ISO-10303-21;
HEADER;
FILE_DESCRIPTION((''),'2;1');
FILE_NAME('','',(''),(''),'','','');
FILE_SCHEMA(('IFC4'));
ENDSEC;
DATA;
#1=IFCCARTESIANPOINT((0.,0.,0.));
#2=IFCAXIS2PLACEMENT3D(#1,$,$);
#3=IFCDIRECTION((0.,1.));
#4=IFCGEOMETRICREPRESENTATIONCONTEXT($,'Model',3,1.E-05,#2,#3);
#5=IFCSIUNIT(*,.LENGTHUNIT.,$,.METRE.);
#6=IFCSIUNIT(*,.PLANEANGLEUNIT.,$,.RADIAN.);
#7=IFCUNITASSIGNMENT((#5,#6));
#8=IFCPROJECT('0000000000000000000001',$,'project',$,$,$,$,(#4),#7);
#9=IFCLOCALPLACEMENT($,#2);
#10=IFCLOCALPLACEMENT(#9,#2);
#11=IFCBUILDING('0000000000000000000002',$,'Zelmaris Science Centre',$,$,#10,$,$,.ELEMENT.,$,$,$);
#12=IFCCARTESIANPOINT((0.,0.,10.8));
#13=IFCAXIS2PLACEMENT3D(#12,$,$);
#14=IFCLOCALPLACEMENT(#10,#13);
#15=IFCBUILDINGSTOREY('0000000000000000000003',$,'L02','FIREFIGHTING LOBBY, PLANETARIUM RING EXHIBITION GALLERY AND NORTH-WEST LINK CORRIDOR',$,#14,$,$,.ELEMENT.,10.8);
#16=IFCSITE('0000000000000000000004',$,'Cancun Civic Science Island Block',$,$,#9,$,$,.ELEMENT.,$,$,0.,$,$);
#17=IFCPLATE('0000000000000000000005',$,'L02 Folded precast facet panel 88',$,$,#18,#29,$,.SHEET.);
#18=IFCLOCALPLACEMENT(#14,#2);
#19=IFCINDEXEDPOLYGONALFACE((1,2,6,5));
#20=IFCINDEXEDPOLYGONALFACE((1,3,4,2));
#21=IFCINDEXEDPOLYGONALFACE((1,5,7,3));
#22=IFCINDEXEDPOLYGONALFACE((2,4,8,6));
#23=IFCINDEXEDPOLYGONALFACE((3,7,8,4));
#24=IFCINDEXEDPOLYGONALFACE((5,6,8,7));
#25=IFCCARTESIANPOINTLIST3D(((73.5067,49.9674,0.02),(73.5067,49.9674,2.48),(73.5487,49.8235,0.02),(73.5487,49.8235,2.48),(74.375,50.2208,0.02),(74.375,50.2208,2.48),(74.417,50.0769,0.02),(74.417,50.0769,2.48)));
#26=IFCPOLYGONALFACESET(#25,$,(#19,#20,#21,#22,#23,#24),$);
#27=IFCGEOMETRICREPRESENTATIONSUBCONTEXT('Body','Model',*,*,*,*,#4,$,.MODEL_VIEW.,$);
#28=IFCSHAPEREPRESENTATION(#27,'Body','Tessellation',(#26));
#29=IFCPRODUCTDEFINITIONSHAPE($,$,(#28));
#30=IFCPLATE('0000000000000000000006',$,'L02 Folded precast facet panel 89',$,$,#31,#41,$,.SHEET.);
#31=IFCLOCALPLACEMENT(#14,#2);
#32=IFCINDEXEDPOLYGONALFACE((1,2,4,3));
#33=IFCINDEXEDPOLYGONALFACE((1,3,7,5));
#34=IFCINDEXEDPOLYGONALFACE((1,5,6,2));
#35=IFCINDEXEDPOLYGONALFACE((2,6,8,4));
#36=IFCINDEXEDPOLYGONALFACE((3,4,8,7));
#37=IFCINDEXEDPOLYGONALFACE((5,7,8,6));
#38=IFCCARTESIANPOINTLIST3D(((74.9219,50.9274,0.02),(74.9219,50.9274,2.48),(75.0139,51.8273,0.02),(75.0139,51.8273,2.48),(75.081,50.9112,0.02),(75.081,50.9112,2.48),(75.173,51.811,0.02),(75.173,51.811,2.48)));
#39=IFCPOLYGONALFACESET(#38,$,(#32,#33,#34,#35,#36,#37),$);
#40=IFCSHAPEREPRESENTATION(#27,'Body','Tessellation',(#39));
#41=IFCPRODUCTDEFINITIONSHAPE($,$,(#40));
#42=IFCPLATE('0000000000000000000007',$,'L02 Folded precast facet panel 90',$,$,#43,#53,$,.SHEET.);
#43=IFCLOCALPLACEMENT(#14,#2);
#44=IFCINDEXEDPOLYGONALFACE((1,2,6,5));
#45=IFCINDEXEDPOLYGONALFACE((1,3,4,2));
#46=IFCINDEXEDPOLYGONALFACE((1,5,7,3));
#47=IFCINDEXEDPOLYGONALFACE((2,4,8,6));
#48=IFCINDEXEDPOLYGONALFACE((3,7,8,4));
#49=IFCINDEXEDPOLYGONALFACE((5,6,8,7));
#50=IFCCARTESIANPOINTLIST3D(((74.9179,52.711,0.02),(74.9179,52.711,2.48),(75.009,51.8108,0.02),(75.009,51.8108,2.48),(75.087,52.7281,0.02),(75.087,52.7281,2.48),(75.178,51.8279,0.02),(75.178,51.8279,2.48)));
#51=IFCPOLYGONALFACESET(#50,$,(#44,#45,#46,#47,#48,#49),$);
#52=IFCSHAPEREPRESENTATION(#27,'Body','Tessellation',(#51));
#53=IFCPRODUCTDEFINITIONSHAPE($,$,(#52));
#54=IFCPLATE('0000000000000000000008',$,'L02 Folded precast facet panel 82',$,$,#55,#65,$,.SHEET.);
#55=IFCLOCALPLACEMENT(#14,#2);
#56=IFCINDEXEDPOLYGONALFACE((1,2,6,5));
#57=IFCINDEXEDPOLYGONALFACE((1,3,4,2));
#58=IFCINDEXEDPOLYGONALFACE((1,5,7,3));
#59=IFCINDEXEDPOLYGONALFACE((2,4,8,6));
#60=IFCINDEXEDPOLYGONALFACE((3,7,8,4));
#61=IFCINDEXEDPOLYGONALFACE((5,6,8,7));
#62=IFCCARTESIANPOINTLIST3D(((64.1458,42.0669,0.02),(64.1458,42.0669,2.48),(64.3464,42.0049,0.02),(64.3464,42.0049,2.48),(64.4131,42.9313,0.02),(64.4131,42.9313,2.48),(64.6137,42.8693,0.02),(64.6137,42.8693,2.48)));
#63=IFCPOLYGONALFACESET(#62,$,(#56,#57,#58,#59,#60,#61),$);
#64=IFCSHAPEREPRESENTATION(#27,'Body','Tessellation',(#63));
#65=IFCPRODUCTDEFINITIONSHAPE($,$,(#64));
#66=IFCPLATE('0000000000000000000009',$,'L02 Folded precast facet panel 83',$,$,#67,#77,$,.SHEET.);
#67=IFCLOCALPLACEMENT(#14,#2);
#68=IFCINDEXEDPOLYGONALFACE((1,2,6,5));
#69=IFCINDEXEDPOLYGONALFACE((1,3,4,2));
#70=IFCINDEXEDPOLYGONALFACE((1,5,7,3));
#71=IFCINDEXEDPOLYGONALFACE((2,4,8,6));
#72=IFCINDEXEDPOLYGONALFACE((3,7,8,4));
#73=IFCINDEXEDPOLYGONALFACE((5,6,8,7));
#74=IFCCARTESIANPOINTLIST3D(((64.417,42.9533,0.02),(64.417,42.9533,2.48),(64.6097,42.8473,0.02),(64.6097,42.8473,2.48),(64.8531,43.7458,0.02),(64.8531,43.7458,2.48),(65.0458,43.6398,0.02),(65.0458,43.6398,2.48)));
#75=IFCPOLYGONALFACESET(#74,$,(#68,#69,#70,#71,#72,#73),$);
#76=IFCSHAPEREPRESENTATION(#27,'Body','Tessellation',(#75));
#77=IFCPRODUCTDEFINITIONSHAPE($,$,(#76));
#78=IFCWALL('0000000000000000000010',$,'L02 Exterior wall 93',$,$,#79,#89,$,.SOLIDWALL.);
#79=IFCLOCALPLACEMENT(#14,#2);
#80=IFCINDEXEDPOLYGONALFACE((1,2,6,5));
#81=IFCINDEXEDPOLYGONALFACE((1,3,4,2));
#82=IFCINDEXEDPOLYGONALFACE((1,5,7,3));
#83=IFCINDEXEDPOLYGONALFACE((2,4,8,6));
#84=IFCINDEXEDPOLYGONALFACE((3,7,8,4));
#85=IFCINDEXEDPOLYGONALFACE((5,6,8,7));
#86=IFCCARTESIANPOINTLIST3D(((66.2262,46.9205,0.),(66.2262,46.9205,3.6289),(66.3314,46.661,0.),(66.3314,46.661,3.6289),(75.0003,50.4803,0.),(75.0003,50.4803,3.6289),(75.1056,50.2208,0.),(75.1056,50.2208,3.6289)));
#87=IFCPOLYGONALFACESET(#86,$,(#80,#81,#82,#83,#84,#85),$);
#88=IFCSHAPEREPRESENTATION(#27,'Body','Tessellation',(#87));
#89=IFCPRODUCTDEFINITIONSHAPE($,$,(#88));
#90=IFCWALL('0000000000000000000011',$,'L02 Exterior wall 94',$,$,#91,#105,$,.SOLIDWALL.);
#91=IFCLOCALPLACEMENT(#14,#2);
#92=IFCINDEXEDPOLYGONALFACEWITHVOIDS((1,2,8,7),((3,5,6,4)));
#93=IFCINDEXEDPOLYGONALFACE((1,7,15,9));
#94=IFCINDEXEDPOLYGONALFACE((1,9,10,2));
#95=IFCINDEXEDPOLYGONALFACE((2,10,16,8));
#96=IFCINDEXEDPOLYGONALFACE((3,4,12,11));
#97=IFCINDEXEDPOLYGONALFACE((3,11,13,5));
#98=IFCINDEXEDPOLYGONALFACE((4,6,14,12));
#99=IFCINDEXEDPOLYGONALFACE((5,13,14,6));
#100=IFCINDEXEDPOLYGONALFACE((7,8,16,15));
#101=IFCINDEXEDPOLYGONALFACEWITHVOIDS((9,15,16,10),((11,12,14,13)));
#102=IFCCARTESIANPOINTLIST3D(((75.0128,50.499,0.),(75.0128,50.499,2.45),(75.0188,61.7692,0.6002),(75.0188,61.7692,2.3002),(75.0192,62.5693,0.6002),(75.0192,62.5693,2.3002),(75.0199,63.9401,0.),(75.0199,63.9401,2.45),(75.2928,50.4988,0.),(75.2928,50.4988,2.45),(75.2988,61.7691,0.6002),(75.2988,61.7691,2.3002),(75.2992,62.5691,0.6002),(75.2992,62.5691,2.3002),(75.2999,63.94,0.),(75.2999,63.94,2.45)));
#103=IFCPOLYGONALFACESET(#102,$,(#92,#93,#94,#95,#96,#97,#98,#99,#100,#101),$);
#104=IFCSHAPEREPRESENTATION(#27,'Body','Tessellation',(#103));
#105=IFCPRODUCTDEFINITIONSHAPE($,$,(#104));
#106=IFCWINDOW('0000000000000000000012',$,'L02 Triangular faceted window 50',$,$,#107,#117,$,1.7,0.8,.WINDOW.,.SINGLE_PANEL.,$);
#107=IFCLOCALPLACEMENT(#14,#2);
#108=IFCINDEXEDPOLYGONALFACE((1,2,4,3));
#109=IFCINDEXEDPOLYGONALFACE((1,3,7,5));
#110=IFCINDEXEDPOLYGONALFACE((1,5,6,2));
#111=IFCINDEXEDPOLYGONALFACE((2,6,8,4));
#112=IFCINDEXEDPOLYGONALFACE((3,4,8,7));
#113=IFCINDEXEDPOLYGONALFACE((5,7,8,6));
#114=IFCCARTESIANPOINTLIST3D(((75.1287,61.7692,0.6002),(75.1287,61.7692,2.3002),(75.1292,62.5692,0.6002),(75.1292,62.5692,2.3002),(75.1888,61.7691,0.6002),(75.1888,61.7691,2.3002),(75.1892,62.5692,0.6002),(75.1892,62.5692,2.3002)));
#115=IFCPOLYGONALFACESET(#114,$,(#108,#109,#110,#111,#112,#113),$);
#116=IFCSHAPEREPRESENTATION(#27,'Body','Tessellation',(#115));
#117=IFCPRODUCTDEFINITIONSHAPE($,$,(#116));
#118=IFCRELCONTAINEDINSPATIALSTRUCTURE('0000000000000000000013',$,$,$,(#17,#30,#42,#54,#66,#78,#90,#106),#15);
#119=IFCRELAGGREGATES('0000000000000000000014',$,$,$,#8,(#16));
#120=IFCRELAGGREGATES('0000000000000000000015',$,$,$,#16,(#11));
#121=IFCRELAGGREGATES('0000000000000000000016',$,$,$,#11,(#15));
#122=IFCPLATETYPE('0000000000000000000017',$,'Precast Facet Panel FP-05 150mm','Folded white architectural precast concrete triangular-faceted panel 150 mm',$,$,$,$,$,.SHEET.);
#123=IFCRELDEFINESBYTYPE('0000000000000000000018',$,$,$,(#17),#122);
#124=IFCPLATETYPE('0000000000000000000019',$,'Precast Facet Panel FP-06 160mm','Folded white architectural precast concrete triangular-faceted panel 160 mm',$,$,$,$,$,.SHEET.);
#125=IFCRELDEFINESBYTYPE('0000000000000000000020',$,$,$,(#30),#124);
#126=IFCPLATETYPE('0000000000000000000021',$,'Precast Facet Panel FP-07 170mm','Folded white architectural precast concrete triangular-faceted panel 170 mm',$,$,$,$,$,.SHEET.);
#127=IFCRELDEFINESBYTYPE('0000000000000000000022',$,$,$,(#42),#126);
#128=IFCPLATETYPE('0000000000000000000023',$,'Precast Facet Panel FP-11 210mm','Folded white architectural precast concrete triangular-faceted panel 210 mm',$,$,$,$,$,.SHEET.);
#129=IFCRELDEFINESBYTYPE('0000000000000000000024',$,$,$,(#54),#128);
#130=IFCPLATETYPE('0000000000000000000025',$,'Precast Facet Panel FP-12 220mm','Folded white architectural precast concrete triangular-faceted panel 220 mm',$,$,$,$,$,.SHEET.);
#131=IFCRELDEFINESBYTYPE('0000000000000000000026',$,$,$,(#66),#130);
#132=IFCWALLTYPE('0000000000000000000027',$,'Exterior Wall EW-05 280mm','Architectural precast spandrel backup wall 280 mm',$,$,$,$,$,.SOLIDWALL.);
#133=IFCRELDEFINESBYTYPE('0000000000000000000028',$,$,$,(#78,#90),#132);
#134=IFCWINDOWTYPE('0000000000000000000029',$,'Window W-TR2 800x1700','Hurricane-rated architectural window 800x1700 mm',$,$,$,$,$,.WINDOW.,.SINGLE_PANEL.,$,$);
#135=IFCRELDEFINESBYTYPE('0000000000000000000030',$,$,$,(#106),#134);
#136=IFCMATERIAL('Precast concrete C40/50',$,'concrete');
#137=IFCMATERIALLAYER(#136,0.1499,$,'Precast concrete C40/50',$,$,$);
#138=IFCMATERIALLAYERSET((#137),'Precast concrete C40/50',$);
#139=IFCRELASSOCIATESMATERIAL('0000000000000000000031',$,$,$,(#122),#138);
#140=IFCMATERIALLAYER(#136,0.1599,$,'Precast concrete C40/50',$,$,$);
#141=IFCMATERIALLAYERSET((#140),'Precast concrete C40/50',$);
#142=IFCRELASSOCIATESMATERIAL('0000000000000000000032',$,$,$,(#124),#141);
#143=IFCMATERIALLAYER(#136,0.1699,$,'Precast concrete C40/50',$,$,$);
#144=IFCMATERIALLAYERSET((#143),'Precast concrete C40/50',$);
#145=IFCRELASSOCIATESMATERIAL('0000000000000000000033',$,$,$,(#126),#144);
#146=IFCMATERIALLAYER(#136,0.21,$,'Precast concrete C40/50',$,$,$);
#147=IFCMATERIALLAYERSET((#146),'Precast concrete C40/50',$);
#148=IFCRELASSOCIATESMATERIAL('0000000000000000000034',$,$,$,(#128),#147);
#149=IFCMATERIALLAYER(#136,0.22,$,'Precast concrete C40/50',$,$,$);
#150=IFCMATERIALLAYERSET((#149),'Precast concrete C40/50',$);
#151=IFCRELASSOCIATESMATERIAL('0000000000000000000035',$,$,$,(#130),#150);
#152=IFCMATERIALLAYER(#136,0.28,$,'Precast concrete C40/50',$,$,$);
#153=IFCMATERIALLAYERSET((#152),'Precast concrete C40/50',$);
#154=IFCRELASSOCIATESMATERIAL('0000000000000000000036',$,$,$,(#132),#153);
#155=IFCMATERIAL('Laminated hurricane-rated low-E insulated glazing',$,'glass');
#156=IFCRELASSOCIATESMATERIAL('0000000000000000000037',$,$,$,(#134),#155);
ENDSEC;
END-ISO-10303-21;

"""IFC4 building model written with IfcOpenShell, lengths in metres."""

from ifc_helpers import new_model, si_unit, direction, frame, frame_2d, origin, place, context, subcontext, project, spatial, rectangle, extrude, material, layer, layer_set, type_object, element, fill, save


model = new_model("IFC4")

# Units and contexts
model_context = context("Model", 3, precision=1e-05, world=origin(), true_north=direction((0.0, 1.0)))
body_context = subcontext(model_context, "Body", "Model", "MODEL_VIEW")
ifc_project = project(units=[si_unit("LENGTHUNIT", "METRE"), si_unit("PLANEANGLEUNIT", "RADIAN")], contexts=[model_context])

# Site, building, storey
site_placement = place(None, origin())
site = spatial("IfcSite", under=ifc_project, at=site_placement, Name="Cancun Civic Science Island Block", CompositionType="ELEMENT", RefElevation=0.0)
building_placement = place(site_placement, origin())
building = spatial("IfcBuilding", under=site, at=building_placement, Name="Zelmaris Science Centre", CompositionType="ELEMENT")
storey_placement = place(building_placement, frame((0.0, 0.0, 10.8)))
storey = spatial("IfcBuildingStorey", under=building, at=storey_placement, Name="L02", Description="FIREFIGHTING LOBBY, PLANETARIUM RING EXHIBITION GALLERY AND NORTH-WEST LINK CORRIDOR", CompositionType="ELEMENT", Elevation=10.8)

# Shared definitions
ifc_material_1 = material(Name="Laminated hurricane-rated low-E insulated glazing", Category="glass")

# Plates
ifc_material_2 = material(Name="Precast concrete C40/50", Category="concrete")
ifc_layer_1 = layer(ifc_material_2, 0.1499, Name="Precast concrete C40/50")
ifc_layer_set_1 = layer_set([ifc_layer_1], Name="Precast concrete C40/50")
plate_type_1 = type_object("IfcPlateType", Name="Precast Facet Panel FP-05 150mm", Description="Folded white architectural precast concrete triangular-faceted panel 150 mm", PredefinedType="SHEET", material=ifc_layer_set_1)
plate_1_placement = place(storey_placement, frame((73.5278, 49.8955, 0.02), z_axis=(0.0, 0.0, 1.0), x_axis=(0.959961, 0.280135, 0.0)))
element("IfcPlate", 1, at=plate_1_placement, inside=storey, type_object=plate_type_1, Name="L02 Folded precast facet panel 88", PredefinedType="SHEET", context=body_context, shape_type="SweptSolid", body=[
    extrude(rectangle(XDim=0.9045, YDim=0.1499, at=frame_2d((0.4521, 0.0))), origin(), (0.0, 0.0, 1.0), 2.46),
])
ifc_layer_2 = layer(ifc_material_2, 0.1599, Name="Precast concrete C40/50")
ifc_layer_set_2 = layer_set([ifc_layer_2], Name="Precast concrete C40/50")
plate_type_2 = type_object("IfcPlateType", Name="Precast Facet Panel FP-06 160mm", Description="Folded white architectural precast concrete triangular-faceted panel 160 mm", PredefinedType="SHEET", material=ifc_layer_set_2)
plate_2_placement = place(storey_placement, frame((75.0015, 50.9194, 0.02), z_axis=(0.0, 0.0, 1.0), x_axis=(0.101748, 0.99481, 0.0)))
element("IfcPlate", 2, at=plate_2_placement, inside=storey, type_object=plate_type_2, Name="L02 Folded precast facet panel 89", PredefinedType="SHEET", context=body_context, shape_type="SweptSolid", body=[
    extrude(rectangle(XDim=0.9045, YDim=0.1599, at=frame_2d((0.4521, 0.0))), origin(), (0.0, 0.0, 1.0), 2.46),
])
ifc_layer_3 = layer(ifc_material_2, 0.1699, Name="Precast concrete C40/50")
ifc_layer_set_3 = layer_set([ifc_layer_3], Name="Precast concrete C40/50")
plate_type_3 = type_object("IfcPlateType", Name="Precast Facet Panel FP-07 170mm", Description="Folded white architectural precast concrete triangular-faceted panel 170 mm", PredefinedType="SHEET", material=ifc_layer_set_3)
plate_3_placement = place(storey_placement, frame((75.0935, 51.8193, 0.02), z_axis=(0.0, 0.0, 1.0), x_axis=(-0.100653, 0.994922, 0.0)))
element("IfcPlate", 3, at=plate_3_placement, inside=storey, type_object=plate_type_3, Name="L02 Folded precast facet panel 90", PredefinedType="SHEET", context=body_context, shape_type="SweptSolid", body=[
    extrude(rectangle(XDim=0.9048, YDim=0.1699, at=frame_2d((0.4524, 0.0))), origin(), (0.0, 0.0, 1.0), 2.46),
])
ifc_layer_4 = layer(ifc_material_2, 0.21, Name="Precast concrete C40/50")
ifc_layer_set_4 = layer_set([ifc_layer_4], Name="Precast concrete C40/50")
plate_type_4 = type_object("IfcPlateType", Name="Precast Facet Panel FP-11 210mm", Description="Folded white architectural precast concrete triangular-faceted panel 210 mm", PredefinedType="SHEET", material=ifc_layer_set_4)
plate_4_placement = place(storey_placement, frame((64.2461, 42.0359, 0.02), z_axis=(0.0, 0.0, 1.0), x_axis=(0.295432, 0.955364, 0.0)))
element("IfcPlate", 4, at=plate_4_placement, inside=storey, type_object=plate_type_4, Name="L02 Folded precast facet panel 82", PredefinedType="SHEET", context=body_context, shape_type="SweptSolid", body=[
    extrude(rectangle(XDim=0.9048, YDim=0.21, at=frame_2d((0.4524, 0.0))), origin(), (0.0, 0.0, 1.0), 2.46),
])
ifc_layer_5 = layer(ifc_material_2, 0.22, Name="Precast concrete C40/50")
ifc_layer_set_5 = layer_set([ifc_layer_5], Name="Precast concrete C40/50")
plate_type_5 = type_object("IfcPlateType", Name="Precast Facet Panel FP-12 220mm", Description="Folded white architectural precast concrete triangular-faceted panel 220 mm", PredefinedType="SHEET", material=ifc_layer_set_5)
plate_5_placement = place(storey_placement, frame((64.5134, 42.9004, 0.02), z_axis=(0.0, 0.0, 1.0), x_axis=(0.482064, 0.876136, 0.0)))
element("IfcPlate", 5, at=plate_5_placement, inside=storey, type_object=plate_type_5, Name="L02 Folded precast facet panel 83", PredefinedType="SHEET", context=body_context, shape_type="SweptSolid", body=[
    extrude(rectangle(XDim=0.9045, YDim=0.22, at=frame_2d((0.4521, 0.0))), origin(), (0.0, 0.0, 1.0), 2.46),
])

# Wall
ifc_layer_6 = layer(ifc_material_2, 0.28, Name="Precast concrete C40/50")
ifc_layer_set_6 = layer_set([ifc_layer_6], Name="Precast concrete C40/50")
wall_type = type_object("IfcWallType", Name="Exterior Wall EW-05 280mm", Description="Architectural precast spandrel backup wall 280 mm", PredefinedType="SOLIDWALL", material=ifc_layer_set_6)
wall_1_placement = place(storey_placement, frame((66.2788, 46.7908, 0.0), z_axis=(0.0, 0.0, 1.0), x_axis=(0.926639, 0.375952, 0.0)))
element("IfcWall", 6, at=wall_1_placement, inside=storey, type_object=wall_type, Name="L02 Exterior wall 93", PredefinedType="SOLIDWALL", context=body_context, shape_type="SweptSolid", body=[
    extrude(rectangle(XDim=9.4688, YDim=0.28, at=frame_2d((4.7344, 0.0))), origin(), (0.0, 0.0, 1.0), 3.6289),
])

# Wall, opening, window
wall_2_placement = place(storey_placement, frame((75.1528, 50.4988, 0.0), z_axis=(0.0, 0.0, 1.0), x_axis=(0.000527, 1.0, 0.0)))
wall_2 = element("IfcWall", 7, at=wall_2_placement, inside=storey, type_object=wall_type, Name="L02 Exterior wall 94", PredefinedType="SOLIDWALL", context=body_context, shape_type="SweptSolid", body=[
    extrude(rectangle(XDim=13.4412, YDim=0.28, at=frame_2d((6.7207, 0.0))), origin(), (0.0, 0.0, 1.0), 2.45),
])
opening_placement = place(wall_2_placement, frame((11.2705, 0.0, 0.6001)))
opening = element("IfcOpeningElement", 8, at=opening_placement, cuts=wall_2, PredefinedType="OPENING", context=body_context, shape_type="SweptSolid", body=[
    extrude(rectangle(XDim=0.8, YDim=1.7, at=frame_2d((0.3999, 0.8501))), frame((0.0, 0.1499, 0.0), z_axis=(0.0, -1.0, 0.0), x_axis=(1.0, 0.0, 0.0)), (0.0, 0.0, 1.0), 0.3),
])
window_type = type_object("IfcWindowType", Name="Window W-TR2 800x1700", Description="Hurricane-rated architectural window 800x1700 mm", PartitioningType="SINGLE_PANEL", PredefinedType="WINDOW", material=ifc_material_1)
window_placement = place(opening_placement, origin())
window = element("IfcWindow", 9, at=window_placement, inside=storey, type_object=window_type, Name="L02 Triangular faceted window 50", OverallHeight=1.7, OverallWidth=0.8, PartitioningType="SINGLE_PANEL", PredefinedType="WINDOW", context=body_context, shape_type="SweptSolid", body=[
    extrude(rectangle(XDim=0.8, YDim=1.7, at=frame_2d((0.3999, 0.8501))), frame((0.0, 0.03, 0.0), z_axis=(0.0, -1.0, 0.0), x_axis=(1.0, 0.0, 0.0)), (0.0, 0.0, 1.0), 0.0601),
])
fill(opening, window)

save(model, "model.ifc")
